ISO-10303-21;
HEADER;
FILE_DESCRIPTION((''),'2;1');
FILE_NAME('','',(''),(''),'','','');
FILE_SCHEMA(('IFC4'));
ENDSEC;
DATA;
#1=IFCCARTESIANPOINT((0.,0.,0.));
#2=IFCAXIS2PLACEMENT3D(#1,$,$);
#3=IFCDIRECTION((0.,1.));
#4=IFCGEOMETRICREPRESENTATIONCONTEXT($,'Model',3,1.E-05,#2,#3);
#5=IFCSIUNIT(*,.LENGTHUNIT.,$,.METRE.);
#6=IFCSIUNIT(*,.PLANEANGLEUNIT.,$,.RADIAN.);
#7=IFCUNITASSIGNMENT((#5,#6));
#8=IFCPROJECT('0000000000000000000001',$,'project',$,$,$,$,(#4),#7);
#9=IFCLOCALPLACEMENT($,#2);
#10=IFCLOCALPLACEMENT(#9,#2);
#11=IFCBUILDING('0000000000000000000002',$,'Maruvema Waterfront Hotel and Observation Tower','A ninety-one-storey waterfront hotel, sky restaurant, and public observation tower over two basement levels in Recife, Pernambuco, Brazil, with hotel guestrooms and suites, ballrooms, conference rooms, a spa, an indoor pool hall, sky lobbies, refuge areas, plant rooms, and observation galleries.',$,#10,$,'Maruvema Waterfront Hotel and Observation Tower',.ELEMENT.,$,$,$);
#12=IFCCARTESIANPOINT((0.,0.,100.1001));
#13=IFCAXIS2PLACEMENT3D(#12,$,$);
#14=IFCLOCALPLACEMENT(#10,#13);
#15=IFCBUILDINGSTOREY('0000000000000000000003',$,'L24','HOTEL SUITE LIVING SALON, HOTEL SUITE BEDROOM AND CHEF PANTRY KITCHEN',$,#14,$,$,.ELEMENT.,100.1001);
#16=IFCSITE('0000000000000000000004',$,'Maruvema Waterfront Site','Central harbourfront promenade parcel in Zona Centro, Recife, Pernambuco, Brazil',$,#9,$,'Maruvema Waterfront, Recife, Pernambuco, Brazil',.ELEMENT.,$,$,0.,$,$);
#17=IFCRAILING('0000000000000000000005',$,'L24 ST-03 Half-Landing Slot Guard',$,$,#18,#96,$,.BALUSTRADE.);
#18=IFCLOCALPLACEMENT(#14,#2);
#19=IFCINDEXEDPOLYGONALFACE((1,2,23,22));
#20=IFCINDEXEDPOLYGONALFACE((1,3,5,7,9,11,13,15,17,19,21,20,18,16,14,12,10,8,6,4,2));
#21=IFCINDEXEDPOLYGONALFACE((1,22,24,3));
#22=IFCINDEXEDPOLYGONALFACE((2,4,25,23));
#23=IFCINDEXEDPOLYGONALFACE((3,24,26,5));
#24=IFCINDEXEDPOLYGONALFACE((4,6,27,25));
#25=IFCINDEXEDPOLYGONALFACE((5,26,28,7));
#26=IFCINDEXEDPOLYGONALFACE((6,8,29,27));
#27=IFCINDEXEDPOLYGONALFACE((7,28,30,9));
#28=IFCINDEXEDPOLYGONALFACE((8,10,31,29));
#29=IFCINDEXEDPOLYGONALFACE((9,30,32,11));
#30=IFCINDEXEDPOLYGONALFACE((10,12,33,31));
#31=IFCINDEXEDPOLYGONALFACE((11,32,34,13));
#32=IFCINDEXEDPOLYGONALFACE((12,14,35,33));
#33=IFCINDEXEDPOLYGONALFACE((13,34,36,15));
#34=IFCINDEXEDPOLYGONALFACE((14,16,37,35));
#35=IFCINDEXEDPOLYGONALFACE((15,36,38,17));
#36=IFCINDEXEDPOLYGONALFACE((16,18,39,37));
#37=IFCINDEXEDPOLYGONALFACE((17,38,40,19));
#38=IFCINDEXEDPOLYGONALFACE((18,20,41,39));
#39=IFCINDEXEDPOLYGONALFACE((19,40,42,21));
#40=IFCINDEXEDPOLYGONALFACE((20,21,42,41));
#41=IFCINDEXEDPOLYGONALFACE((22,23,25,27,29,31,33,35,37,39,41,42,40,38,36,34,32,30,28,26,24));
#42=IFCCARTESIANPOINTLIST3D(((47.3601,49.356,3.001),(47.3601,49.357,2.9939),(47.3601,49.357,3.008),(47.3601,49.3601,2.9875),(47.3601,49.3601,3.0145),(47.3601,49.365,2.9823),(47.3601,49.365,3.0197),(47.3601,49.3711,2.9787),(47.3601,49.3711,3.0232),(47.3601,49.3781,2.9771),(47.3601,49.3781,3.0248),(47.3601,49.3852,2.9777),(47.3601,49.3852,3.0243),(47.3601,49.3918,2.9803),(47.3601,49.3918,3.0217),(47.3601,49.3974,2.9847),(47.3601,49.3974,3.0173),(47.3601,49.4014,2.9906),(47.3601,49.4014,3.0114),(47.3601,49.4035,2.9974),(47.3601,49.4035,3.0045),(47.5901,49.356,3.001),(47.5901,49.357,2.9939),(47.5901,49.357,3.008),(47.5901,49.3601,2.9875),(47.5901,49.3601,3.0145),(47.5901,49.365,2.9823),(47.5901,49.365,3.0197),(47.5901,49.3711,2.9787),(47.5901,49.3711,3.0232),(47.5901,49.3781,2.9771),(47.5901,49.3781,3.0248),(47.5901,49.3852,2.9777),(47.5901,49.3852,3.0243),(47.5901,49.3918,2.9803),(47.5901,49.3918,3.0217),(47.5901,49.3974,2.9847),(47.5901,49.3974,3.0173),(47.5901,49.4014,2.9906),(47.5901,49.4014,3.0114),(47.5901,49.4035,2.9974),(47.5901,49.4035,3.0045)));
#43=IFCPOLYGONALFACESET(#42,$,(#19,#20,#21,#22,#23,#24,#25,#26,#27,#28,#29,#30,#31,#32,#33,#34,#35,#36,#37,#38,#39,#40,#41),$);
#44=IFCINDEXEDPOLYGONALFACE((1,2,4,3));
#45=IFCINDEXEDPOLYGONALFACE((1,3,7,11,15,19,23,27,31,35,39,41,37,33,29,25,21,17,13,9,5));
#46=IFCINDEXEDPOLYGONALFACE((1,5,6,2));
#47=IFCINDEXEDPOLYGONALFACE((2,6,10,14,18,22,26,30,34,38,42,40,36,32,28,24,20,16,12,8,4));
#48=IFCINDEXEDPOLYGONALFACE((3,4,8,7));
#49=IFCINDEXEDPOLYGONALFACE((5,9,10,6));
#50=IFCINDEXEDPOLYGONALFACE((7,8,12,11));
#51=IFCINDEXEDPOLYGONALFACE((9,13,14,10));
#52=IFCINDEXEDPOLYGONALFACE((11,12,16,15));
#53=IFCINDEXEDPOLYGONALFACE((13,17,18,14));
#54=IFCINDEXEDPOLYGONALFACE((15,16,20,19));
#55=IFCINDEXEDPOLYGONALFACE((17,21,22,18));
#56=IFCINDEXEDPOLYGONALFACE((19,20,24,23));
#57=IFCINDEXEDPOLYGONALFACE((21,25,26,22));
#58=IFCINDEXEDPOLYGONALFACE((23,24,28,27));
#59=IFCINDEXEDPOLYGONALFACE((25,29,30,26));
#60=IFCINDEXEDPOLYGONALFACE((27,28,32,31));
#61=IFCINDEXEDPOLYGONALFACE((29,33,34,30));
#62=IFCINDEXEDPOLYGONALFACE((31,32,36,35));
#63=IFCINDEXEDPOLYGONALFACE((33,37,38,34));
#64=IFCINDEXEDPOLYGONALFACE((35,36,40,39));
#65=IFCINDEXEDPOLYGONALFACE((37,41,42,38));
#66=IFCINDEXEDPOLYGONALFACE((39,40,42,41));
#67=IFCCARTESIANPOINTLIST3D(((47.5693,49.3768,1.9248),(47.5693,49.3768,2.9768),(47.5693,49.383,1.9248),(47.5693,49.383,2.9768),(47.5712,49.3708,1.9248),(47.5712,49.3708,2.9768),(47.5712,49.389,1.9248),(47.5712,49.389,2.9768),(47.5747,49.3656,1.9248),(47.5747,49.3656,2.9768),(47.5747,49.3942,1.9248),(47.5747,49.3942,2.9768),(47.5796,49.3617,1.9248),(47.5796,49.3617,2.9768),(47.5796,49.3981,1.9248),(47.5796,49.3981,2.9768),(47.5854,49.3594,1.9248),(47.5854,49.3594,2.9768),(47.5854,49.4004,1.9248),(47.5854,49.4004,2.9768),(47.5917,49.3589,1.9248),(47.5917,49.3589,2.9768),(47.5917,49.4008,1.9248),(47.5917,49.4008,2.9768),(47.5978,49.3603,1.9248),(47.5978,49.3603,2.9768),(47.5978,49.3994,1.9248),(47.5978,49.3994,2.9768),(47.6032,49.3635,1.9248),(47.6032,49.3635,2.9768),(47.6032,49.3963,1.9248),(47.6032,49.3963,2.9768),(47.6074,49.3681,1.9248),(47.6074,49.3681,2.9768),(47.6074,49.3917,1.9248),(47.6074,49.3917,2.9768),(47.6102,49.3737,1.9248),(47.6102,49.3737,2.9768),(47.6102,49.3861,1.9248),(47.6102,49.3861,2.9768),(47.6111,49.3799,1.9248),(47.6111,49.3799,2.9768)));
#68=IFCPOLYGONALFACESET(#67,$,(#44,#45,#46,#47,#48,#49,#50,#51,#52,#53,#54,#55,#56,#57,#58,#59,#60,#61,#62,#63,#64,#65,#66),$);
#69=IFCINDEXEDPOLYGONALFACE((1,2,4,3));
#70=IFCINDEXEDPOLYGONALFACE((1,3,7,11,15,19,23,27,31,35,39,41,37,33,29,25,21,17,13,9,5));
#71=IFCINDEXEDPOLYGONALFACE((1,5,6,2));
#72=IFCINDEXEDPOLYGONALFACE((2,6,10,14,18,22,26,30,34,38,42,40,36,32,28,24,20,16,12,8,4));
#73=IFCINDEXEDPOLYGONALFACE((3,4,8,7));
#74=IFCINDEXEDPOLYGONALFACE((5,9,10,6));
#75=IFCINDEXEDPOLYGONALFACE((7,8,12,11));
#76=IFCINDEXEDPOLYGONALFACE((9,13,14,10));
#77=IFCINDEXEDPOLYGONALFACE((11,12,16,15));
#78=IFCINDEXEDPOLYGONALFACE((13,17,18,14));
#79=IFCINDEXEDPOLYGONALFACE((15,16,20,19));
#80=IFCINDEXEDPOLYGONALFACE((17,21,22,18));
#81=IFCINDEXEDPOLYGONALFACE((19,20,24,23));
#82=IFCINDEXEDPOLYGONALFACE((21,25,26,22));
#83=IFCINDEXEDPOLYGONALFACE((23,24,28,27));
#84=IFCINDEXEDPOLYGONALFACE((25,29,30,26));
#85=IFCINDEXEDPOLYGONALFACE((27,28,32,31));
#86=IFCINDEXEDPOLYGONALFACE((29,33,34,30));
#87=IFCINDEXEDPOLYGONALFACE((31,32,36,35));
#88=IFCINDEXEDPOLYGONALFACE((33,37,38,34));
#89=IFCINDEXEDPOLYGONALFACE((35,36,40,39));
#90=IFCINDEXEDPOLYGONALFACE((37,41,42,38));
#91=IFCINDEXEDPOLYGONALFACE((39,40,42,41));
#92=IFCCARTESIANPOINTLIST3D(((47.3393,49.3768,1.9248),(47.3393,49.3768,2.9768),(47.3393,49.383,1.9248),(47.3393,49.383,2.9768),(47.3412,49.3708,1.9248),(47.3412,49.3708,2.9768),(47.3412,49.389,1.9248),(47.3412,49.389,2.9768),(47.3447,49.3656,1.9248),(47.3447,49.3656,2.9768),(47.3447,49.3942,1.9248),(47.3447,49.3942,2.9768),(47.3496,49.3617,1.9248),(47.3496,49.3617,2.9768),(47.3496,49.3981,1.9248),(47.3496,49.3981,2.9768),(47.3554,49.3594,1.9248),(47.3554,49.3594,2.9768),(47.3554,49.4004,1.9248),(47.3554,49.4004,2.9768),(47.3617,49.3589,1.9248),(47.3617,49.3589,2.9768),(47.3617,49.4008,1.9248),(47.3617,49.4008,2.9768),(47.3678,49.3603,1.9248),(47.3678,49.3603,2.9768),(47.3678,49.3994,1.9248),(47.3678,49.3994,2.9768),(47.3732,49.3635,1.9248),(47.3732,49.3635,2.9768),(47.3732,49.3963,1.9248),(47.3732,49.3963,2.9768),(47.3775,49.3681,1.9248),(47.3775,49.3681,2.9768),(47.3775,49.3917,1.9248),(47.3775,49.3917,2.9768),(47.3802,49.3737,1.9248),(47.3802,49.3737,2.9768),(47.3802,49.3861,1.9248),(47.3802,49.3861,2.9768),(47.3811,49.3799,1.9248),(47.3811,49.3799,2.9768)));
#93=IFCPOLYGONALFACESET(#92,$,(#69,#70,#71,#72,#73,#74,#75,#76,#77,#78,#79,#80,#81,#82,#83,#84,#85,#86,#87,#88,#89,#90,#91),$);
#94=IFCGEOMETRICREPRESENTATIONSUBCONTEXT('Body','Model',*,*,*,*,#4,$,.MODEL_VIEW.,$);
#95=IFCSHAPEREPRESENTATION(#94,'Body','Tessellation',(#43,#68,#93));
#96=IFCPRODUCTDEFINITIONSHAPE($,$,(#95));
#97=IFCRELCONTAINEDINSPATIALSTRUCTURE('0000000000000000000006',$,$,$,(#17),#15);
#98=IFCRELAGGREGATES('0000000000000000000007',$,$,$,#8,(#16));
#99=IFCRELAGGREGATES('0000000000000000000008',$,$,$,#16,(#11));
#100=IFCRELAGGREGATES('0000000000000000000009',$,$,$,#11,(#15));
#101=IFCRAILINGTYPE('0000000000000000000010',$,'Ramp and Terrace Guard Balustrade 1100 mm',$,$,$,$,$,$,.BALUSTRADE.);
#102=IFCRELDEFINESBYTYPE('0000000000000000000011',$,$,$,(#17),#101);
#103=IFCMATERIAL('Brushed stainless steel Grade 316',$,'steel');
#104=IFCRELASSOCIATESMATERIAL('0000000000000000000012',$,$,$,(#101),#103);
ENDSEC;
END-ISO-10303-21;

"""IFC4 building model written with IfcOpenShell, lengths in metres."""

from ifc_helpers import new_model, si_unit, direction, frame, origin, origin_2d, place, context, subcontext, project, spatial, circle, extrude, material, type_object, element, save


model = new_model("IFC4")

# Units and contexts
model_context = context("Model", 3, precision=1e-05, world=origin(), true_north=direction((0.0, 1.0)))
body_context = subcontext(model_context, "Body", "Model", "MODEL_VIEW")
ifc_project = project(units=[si_unit("LENGTHUNIT", "METRE"), si_unit("PLANEANGLEUNIT", "RADIAN")], contexts=[model_context])

# Site, building, storey
site_placement = place(None, origin())
site = spatial("IfcSite", under=ifc_project, at=site_placement, Name="Maruvema Waterfront Site", Description="Central harbourfront promenade parcel in Zona Centro, Recife, Pernambuco, Brazil", LongName="Maruvema Waterfront, Recife, Pernambuco, Brazil", CompositionType="ELEMENT", RefElevation=0.0)
building_placement = place(site_placement, origin())
building = spatial("IfcBuilding", under=site, at=building_placement, Name="Maruvema Waterfront Hotel and Observation Tower", Description="A ninety-one-storey waterfront hotel, sky restaurant, and public observation tower over two basement levels in Recife, Pernambuco, Brazil, with hotel guestrooms and suites, ballrooms, conference rooms, a spa, an indoor pool hall, sky lobbies, refuge areas, plant rooms, and observation galleries.", LongName="Maruvema Waterfront Hotel and Observation Tower", CompositionType="ELEMENT")
storey_placement = place(building_placement, frame((0.0, 0.0, 100.1001)))
storey = spatial("IfcBuildingStorey", under=building, at=storey_placement, Name="L24", Description="HOTEL SUITE LIVING SALON, HOTEL SUITE BEDROOM AND CHEF PANTRY KITCHEN", CompositionType="ELEMENT", Elevation=100.1001)

# Railing
ifc_material_1 = material(Name="Brushed stainless steel Grade 316", Category="steel")
railing_type_1 = type_object("IfcRailingType", Name="Ramp and Terrace Guard Balustrade 1100 mm", PredefinedType="BALUSTRADE", material=ifc_material_1)
railing_1_placement = place(storey_placement, frame((47.5901, 49.3799, 1.9248)))
element("IfcRailing", 1, at=railing_1_placement, inside=storey, type_object=railing_type_1, Name="L24 ST-03 Half-Landing Slot Guard", PredefinedType="BALUSTRADE", context=body_context, shape_type="SweptSolid", body=[
    extrude(circle(Radius=0.0239, at=origin_2d()), frame((0.0, 0.0, 1.0762), z_axis=(-1.0, 0.0, 0.0), x_axis=(0.0, -1.0, 0.0)), (0.0, 0.0, 1.0), 0.23),
    extrude(circle(Radius=0.021, at=origin_2d()), origin(), (0.0, 0.0, 1.0), 1.052),
    extrude(circle(Radius=0.021, at=origin_2d()), frame((-0.23, 0.0, 0.0)), (0.0, 0.0, 1.0), 1.052),
])

save(model, "model.ifc")
